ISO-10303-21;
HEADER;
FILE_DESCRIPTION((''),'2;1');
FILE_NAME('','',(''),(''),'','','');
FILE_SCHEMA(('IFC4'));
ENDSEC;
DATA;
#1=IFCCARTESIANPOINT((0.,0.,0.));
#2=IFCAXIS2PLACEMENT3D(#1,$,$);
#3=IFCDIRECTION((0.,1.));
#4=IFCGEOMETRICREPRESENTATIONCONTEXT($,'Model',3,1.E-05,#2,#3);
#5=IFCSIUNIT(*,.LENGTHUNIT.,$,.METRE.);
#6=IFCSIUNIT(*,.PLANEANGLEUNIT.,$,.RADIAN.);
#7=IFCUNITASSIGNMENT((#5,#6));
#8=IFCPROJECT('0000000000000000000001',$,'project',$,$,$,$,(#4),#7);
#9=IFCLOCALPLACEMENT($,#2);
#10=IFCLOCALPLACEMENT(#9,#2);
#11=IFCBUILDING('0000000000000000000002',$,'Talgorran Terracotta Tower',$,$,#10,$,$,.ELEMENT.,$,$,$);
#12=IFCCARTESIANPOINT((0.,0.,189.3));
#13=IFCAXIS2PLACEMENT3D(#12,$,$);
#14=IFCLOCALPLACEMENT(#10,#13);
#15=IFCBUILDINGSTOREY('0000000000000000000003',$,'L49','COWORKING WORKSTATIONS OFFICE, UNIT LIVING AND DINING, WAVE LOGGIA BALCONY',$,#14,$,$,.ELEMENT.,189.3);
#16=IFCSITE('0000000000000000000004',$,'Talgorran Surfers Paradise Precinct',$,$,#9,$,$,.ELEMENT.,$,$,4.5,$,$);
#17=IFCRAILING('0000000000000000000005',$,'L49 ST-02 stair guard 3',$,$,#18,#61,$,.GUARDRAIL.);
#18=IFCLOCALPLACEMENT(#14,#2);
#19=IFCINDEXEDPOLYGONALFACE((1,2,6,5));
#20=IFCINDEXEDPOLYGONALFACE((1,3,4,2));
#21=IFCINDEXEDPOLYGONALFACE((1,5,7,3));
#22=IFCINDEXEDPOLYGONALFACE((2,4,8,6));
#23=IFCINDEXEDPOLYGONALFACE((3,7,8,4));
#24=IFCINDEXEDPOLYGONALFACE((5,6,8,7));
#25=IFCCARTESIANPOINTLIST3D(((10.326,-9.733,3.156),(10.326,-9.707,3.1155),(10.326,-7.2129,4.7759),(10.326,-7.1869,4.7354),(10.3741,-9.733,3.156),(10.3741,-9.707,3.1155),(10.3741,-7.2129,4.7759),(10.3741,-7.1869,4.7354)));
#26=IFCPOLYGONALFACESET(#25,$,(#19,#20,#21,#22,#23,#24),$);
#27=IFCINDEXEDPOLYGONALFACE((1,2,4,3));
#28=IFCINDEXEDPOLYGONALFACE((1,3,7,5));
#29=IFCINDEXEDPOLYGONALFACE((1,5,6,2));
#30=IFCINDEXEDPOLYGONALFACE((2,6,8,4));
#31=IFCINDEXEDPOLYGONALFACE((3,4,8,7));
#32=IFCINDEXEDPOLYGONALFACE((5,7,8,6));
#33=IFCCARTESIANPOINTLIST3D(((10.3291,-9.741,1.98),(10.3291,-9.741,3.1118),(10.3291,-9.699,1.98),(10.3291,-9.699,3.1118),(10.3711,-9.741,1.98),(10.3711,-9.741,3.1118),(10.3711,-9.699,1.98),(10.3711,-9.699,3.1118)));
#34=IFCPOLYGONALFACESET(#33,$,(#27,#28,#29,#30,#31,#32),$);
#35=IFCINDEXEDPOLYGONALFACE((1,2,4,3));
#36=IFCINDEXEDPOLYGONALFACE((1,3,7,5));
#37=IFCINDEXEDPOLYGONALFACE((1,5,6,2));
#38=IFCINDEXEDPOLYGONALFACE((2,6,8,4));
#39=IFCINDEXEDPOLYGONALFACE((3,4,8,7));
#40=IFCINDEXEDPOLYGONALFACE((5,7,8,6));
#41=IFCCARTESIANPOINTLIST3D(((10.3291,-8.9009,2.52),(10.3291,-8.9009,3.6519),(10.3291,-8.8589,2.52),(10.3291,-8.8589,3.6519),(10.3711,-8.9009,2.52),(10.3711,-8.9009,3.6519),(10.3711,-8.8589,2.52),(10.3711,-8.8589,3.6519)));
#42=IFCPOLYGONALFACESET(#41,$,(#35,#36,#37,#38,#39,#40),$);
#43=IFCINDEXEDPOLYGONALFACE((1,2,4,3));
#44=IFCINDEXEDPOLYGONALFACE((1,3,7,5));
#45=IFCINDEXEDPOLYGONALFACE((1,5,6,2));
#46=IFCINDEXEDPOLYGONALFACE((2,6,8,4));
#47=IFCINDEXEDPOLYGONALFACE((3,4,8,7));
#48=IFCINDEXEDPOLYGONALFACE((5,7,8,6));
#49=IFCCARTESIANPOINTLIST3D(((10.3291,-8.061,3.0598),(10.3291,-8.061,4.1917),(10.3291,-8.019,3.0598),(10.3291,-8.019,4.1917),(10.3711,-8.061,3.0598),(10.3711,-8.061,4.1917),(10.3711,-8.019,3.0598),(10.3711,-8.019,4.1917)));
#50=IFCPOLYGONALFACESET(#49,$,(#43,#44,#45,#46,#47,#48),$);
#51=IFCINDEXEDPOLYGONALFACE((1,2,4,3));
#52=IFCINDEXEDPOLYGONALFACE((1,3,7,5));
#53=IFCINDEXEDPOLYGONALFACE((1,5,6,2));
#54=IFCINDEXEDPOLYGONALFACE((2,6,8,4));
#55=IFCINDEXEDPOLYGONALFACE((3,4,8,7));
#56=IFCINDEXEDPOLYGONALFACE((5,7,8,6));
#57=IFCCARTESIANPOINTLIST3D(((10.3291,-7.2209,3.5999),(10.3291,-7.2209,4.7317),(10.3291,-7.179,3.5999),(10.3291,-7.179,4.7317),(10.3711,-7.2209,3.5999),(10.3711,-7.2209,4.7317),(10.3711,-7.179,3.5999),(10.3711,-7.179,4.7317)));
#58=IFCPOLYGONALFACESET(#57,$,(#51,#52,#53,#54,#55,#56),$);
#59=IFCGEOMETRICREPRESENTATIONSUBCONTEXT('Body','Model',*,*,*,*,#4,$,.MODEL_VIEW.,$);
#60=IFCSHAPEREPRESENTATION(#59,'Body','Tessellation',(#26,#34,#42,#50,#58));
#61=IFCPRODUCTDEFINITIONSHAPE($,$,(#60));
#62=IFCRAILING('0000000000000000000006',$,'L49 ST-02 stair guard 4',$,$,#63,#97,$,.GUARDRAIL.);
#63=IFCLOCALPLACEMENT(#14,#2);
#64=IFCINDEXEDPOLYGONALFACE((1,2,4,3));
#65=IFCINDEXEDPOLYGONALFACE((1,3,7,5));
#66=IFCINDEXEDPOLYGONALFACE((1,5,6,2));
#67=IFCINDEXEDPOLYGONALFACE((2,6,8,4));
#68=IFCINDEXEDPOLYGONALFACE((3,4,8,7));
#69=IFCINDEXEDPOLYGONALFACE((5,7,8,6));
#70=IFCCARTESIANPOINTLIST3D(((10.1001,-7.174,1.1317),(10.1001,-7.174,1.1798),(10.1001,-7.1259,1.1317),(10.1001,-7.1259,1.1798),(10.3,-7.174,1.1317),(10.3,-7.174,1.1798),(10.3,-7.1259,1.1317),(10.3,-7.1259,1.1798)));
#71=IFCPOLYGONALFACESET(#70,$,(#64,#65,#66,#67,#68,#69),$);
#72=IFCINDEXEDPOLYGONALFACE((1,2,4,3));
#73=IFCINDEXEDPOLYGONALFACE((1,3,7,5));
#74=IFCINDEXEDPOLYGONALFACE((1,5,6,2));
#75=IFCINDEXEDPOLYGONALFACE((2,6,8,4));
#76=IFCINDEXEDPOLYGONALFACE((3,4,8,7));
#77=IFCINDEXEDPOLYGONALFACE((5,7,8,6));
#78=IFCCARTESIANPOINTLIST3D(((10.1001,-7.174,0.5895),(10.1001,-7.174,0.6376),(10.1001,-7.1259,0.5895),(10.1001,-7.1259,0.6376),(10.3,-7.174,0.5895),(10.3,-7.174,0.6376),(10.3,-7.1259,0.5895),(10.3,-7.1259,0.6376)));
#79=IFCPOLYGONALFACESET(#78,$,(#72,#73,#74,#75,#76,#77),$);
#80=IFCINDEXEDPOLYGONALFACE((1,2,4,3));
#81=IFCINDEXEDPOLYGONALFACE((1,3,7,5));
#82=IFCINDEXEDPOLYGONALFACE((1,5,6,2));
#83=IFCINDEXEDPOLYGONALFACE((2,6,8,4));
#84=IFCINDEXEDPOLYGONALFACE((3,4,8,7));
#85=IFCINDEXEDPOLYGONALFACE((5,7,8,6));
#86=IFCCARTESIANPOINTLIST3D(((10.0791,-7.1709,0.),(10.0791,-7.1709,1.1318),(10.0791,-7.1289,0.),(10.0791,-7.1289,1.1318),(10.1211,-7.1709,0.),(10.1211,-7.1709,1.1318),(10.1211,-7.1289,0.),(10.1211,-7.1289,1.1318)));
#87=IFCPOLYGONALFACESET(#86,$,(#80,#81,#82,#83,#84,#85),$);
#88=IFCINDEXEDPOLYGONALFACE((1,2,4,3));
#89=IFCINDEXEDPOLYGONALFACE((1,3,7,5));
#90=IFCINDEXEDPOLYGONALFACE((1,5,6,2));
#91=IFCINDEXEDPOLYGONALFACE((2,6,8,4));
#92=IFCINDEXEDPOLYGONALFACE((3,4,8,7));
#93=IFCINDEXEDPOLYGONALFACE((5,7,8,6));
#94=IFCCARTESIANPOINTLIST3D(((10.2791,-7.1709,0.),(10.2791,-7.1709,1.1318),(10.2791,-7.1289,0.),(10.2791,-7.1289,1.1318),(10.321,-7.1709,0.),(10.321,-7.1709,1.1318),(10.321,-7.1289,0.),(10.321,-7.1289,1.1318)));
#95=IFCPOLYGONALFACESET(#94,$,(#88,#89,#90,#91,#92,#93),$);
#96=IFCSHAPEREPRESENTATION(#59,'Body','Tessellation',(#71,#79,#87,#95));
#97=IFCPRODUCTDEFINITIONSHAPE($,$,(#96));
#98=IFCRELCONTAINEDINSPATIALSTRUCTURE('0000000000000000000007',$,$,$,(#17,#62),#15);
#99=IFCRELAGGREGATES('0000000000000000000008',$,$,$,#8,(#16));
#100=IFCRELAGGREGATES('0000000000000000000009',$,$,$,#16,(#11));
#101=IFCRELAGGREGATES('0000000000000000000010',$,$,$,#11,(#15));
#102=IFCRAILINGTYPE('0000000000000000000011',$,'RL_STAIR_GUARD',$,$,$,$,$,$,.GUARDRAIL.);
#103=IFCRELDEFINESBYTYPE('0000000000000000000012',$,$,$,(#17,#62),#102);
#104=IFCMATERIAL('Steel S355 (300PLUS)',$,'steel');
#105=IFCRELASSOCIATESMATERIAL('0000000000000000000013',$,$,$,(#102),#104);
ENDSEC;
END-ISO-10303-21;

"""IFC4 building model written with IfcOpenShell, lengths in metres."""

from ifc_helpers import new_model, si_unit, direction, frame, origin, origin_2d, place, context, subcontext, project, spatial, rectangle, extrude, material, type_object, element, save


model = new_model("IFC4")

# Units and contexts
model_context = context("Model", 3, precision=1e-05, world=origin(), true_north=direction((0.0, 1.0)))
body_context = subcontext(model_context, "Body", "Model", "MODEL_VIEW")
ifc_project = project(units=[si_unit("LENGTHUNIT", "METRE"), si_unit("PLANEANGLEUNIT", "RADIAN")], contexts=[model_context])

# Site, building, storey
site_placement = place(None, origin())
site = spatial("IfcSite", under=ifc_project, at=site_placement, Name="Talgorran Surfers Paradise Precinct", CompositionType="ELEMENT", RefElevation=4.5)
building_placement = place(site_placement, origin())
building = spatial("IfcBuilding", under=site, at=building_placement, Name="Talgorran Terracotta Tower", CompositionType="ELEMENT")
storey_placement = place(building_placement, frame((0.0, 0.0, 189.3)))
storey = spatial("IfcBuildingStorey", under=building, at=storey_placement, Name="L49", Description="COWORKING WORKSTATIONS OFFICE, UNIT LIVING AND DINING, WAVE LOGGIA BALCONY", CompositionType="ELEMENT", Elevation=189.3)

# Shared definitions
ifc_material_1 = material(Name="Steel S355 (300PLUS)", Category="steel")

# Railings
railing_type_1 = type_object("IfcRailingType", Name="RL_STAIR_GUARD", PredefinedType="GUARDRAIL", material=ifc_material_1)
railing_1_placement = place(storey_placement, frame((10.3501, -9.72, 1.98)))
element("IfcRailing", 1, at=railing_1_placement, inside=storey, type_object=railing_type_1, Name="L49 ST-02 stair guard 3", PredefinedType="GUARDRAIL", context=body_context, shape_type="SweptSolid", body=[
    extrude(rectangle(XDim=0.0481, YDim=0.0481, at=origin_2d()), frame((0.0, 0.0, 1.1558), z_axis=(0.0, 0.8412, 0.540725), x_axis=(-1.0, 0.0, 0.0)), (0.0, 0.0, 1.0), 2.9958),
    extrude(rectangle(XDim=0.042, YDim=0.042, at=origin_2d()), origin(), (0.0, 0.0, 1.0), 1.1318),
    extrude(rectangle(XDim=0.042, YDim=0.042, at=origin_2d()), frame((0.0, 0.8401, 0.54)), (0.0, 0.0, 1.0), 1.1318),
    extrude(rectangle(XDim=0.042, YDim=0.042, at=origin_2d()), frame((0.0, 1.6799, 1.0798)), (0.0, 0.0, 1.0), 1.1318),
    extrude(rectangle(XDim=0.042, YDim=0.042, at=origin_2d()), frame((0.0, 2.52, 1.6199)), (0.0, 0.0, 1.0), 1.1318),
])
railing_2_placement = place(storey_placement, frame((10.1001, -7.1499, 0.0)))
element("IfcRailing", 2, at=railing_2_placement, inside=storey, type_object=railing_type_1, Name="L49 ST-02 stair guard 4", PredefinedType="GUARDRAIL", context=body_context, shape_type="SweptSolid", body=[
    extrude(rectangle(XDim=0.0481, YDim=0.0481, at=origin_2d()), frame((0.0, 0.0, 1.1558), z_axis=(1.0, 0.0, 0.0), x_axis=(0.0, 1.0, 0.0)), (0.0, 0.0, 1.0), 0.2),
    extrude(rectangle(XDim=0.0481, YDim=0.0481, at=origin_2d()), frame((0.0, 0.0, 0.6135), z_axis=(1.0, 0.0, 0.0), x_axis=(0.0, 1.0, 0.0)), (0.0, 0.0, 1.0), 0.2),
    extrude(rectangle(XDim=0.042, YDim=0.042, at=origin_2d()), origin(), (0.0, 0.0, 1.0), 1.1318),
    extrude(rectangle(XDim=0.042, YDim=0.042, at=origin_2d()), frame((0.2, 0.0, 0.0)), (0.0, 0.0, 1.0), 1.1318),
])

save(model, "model.ifc")
